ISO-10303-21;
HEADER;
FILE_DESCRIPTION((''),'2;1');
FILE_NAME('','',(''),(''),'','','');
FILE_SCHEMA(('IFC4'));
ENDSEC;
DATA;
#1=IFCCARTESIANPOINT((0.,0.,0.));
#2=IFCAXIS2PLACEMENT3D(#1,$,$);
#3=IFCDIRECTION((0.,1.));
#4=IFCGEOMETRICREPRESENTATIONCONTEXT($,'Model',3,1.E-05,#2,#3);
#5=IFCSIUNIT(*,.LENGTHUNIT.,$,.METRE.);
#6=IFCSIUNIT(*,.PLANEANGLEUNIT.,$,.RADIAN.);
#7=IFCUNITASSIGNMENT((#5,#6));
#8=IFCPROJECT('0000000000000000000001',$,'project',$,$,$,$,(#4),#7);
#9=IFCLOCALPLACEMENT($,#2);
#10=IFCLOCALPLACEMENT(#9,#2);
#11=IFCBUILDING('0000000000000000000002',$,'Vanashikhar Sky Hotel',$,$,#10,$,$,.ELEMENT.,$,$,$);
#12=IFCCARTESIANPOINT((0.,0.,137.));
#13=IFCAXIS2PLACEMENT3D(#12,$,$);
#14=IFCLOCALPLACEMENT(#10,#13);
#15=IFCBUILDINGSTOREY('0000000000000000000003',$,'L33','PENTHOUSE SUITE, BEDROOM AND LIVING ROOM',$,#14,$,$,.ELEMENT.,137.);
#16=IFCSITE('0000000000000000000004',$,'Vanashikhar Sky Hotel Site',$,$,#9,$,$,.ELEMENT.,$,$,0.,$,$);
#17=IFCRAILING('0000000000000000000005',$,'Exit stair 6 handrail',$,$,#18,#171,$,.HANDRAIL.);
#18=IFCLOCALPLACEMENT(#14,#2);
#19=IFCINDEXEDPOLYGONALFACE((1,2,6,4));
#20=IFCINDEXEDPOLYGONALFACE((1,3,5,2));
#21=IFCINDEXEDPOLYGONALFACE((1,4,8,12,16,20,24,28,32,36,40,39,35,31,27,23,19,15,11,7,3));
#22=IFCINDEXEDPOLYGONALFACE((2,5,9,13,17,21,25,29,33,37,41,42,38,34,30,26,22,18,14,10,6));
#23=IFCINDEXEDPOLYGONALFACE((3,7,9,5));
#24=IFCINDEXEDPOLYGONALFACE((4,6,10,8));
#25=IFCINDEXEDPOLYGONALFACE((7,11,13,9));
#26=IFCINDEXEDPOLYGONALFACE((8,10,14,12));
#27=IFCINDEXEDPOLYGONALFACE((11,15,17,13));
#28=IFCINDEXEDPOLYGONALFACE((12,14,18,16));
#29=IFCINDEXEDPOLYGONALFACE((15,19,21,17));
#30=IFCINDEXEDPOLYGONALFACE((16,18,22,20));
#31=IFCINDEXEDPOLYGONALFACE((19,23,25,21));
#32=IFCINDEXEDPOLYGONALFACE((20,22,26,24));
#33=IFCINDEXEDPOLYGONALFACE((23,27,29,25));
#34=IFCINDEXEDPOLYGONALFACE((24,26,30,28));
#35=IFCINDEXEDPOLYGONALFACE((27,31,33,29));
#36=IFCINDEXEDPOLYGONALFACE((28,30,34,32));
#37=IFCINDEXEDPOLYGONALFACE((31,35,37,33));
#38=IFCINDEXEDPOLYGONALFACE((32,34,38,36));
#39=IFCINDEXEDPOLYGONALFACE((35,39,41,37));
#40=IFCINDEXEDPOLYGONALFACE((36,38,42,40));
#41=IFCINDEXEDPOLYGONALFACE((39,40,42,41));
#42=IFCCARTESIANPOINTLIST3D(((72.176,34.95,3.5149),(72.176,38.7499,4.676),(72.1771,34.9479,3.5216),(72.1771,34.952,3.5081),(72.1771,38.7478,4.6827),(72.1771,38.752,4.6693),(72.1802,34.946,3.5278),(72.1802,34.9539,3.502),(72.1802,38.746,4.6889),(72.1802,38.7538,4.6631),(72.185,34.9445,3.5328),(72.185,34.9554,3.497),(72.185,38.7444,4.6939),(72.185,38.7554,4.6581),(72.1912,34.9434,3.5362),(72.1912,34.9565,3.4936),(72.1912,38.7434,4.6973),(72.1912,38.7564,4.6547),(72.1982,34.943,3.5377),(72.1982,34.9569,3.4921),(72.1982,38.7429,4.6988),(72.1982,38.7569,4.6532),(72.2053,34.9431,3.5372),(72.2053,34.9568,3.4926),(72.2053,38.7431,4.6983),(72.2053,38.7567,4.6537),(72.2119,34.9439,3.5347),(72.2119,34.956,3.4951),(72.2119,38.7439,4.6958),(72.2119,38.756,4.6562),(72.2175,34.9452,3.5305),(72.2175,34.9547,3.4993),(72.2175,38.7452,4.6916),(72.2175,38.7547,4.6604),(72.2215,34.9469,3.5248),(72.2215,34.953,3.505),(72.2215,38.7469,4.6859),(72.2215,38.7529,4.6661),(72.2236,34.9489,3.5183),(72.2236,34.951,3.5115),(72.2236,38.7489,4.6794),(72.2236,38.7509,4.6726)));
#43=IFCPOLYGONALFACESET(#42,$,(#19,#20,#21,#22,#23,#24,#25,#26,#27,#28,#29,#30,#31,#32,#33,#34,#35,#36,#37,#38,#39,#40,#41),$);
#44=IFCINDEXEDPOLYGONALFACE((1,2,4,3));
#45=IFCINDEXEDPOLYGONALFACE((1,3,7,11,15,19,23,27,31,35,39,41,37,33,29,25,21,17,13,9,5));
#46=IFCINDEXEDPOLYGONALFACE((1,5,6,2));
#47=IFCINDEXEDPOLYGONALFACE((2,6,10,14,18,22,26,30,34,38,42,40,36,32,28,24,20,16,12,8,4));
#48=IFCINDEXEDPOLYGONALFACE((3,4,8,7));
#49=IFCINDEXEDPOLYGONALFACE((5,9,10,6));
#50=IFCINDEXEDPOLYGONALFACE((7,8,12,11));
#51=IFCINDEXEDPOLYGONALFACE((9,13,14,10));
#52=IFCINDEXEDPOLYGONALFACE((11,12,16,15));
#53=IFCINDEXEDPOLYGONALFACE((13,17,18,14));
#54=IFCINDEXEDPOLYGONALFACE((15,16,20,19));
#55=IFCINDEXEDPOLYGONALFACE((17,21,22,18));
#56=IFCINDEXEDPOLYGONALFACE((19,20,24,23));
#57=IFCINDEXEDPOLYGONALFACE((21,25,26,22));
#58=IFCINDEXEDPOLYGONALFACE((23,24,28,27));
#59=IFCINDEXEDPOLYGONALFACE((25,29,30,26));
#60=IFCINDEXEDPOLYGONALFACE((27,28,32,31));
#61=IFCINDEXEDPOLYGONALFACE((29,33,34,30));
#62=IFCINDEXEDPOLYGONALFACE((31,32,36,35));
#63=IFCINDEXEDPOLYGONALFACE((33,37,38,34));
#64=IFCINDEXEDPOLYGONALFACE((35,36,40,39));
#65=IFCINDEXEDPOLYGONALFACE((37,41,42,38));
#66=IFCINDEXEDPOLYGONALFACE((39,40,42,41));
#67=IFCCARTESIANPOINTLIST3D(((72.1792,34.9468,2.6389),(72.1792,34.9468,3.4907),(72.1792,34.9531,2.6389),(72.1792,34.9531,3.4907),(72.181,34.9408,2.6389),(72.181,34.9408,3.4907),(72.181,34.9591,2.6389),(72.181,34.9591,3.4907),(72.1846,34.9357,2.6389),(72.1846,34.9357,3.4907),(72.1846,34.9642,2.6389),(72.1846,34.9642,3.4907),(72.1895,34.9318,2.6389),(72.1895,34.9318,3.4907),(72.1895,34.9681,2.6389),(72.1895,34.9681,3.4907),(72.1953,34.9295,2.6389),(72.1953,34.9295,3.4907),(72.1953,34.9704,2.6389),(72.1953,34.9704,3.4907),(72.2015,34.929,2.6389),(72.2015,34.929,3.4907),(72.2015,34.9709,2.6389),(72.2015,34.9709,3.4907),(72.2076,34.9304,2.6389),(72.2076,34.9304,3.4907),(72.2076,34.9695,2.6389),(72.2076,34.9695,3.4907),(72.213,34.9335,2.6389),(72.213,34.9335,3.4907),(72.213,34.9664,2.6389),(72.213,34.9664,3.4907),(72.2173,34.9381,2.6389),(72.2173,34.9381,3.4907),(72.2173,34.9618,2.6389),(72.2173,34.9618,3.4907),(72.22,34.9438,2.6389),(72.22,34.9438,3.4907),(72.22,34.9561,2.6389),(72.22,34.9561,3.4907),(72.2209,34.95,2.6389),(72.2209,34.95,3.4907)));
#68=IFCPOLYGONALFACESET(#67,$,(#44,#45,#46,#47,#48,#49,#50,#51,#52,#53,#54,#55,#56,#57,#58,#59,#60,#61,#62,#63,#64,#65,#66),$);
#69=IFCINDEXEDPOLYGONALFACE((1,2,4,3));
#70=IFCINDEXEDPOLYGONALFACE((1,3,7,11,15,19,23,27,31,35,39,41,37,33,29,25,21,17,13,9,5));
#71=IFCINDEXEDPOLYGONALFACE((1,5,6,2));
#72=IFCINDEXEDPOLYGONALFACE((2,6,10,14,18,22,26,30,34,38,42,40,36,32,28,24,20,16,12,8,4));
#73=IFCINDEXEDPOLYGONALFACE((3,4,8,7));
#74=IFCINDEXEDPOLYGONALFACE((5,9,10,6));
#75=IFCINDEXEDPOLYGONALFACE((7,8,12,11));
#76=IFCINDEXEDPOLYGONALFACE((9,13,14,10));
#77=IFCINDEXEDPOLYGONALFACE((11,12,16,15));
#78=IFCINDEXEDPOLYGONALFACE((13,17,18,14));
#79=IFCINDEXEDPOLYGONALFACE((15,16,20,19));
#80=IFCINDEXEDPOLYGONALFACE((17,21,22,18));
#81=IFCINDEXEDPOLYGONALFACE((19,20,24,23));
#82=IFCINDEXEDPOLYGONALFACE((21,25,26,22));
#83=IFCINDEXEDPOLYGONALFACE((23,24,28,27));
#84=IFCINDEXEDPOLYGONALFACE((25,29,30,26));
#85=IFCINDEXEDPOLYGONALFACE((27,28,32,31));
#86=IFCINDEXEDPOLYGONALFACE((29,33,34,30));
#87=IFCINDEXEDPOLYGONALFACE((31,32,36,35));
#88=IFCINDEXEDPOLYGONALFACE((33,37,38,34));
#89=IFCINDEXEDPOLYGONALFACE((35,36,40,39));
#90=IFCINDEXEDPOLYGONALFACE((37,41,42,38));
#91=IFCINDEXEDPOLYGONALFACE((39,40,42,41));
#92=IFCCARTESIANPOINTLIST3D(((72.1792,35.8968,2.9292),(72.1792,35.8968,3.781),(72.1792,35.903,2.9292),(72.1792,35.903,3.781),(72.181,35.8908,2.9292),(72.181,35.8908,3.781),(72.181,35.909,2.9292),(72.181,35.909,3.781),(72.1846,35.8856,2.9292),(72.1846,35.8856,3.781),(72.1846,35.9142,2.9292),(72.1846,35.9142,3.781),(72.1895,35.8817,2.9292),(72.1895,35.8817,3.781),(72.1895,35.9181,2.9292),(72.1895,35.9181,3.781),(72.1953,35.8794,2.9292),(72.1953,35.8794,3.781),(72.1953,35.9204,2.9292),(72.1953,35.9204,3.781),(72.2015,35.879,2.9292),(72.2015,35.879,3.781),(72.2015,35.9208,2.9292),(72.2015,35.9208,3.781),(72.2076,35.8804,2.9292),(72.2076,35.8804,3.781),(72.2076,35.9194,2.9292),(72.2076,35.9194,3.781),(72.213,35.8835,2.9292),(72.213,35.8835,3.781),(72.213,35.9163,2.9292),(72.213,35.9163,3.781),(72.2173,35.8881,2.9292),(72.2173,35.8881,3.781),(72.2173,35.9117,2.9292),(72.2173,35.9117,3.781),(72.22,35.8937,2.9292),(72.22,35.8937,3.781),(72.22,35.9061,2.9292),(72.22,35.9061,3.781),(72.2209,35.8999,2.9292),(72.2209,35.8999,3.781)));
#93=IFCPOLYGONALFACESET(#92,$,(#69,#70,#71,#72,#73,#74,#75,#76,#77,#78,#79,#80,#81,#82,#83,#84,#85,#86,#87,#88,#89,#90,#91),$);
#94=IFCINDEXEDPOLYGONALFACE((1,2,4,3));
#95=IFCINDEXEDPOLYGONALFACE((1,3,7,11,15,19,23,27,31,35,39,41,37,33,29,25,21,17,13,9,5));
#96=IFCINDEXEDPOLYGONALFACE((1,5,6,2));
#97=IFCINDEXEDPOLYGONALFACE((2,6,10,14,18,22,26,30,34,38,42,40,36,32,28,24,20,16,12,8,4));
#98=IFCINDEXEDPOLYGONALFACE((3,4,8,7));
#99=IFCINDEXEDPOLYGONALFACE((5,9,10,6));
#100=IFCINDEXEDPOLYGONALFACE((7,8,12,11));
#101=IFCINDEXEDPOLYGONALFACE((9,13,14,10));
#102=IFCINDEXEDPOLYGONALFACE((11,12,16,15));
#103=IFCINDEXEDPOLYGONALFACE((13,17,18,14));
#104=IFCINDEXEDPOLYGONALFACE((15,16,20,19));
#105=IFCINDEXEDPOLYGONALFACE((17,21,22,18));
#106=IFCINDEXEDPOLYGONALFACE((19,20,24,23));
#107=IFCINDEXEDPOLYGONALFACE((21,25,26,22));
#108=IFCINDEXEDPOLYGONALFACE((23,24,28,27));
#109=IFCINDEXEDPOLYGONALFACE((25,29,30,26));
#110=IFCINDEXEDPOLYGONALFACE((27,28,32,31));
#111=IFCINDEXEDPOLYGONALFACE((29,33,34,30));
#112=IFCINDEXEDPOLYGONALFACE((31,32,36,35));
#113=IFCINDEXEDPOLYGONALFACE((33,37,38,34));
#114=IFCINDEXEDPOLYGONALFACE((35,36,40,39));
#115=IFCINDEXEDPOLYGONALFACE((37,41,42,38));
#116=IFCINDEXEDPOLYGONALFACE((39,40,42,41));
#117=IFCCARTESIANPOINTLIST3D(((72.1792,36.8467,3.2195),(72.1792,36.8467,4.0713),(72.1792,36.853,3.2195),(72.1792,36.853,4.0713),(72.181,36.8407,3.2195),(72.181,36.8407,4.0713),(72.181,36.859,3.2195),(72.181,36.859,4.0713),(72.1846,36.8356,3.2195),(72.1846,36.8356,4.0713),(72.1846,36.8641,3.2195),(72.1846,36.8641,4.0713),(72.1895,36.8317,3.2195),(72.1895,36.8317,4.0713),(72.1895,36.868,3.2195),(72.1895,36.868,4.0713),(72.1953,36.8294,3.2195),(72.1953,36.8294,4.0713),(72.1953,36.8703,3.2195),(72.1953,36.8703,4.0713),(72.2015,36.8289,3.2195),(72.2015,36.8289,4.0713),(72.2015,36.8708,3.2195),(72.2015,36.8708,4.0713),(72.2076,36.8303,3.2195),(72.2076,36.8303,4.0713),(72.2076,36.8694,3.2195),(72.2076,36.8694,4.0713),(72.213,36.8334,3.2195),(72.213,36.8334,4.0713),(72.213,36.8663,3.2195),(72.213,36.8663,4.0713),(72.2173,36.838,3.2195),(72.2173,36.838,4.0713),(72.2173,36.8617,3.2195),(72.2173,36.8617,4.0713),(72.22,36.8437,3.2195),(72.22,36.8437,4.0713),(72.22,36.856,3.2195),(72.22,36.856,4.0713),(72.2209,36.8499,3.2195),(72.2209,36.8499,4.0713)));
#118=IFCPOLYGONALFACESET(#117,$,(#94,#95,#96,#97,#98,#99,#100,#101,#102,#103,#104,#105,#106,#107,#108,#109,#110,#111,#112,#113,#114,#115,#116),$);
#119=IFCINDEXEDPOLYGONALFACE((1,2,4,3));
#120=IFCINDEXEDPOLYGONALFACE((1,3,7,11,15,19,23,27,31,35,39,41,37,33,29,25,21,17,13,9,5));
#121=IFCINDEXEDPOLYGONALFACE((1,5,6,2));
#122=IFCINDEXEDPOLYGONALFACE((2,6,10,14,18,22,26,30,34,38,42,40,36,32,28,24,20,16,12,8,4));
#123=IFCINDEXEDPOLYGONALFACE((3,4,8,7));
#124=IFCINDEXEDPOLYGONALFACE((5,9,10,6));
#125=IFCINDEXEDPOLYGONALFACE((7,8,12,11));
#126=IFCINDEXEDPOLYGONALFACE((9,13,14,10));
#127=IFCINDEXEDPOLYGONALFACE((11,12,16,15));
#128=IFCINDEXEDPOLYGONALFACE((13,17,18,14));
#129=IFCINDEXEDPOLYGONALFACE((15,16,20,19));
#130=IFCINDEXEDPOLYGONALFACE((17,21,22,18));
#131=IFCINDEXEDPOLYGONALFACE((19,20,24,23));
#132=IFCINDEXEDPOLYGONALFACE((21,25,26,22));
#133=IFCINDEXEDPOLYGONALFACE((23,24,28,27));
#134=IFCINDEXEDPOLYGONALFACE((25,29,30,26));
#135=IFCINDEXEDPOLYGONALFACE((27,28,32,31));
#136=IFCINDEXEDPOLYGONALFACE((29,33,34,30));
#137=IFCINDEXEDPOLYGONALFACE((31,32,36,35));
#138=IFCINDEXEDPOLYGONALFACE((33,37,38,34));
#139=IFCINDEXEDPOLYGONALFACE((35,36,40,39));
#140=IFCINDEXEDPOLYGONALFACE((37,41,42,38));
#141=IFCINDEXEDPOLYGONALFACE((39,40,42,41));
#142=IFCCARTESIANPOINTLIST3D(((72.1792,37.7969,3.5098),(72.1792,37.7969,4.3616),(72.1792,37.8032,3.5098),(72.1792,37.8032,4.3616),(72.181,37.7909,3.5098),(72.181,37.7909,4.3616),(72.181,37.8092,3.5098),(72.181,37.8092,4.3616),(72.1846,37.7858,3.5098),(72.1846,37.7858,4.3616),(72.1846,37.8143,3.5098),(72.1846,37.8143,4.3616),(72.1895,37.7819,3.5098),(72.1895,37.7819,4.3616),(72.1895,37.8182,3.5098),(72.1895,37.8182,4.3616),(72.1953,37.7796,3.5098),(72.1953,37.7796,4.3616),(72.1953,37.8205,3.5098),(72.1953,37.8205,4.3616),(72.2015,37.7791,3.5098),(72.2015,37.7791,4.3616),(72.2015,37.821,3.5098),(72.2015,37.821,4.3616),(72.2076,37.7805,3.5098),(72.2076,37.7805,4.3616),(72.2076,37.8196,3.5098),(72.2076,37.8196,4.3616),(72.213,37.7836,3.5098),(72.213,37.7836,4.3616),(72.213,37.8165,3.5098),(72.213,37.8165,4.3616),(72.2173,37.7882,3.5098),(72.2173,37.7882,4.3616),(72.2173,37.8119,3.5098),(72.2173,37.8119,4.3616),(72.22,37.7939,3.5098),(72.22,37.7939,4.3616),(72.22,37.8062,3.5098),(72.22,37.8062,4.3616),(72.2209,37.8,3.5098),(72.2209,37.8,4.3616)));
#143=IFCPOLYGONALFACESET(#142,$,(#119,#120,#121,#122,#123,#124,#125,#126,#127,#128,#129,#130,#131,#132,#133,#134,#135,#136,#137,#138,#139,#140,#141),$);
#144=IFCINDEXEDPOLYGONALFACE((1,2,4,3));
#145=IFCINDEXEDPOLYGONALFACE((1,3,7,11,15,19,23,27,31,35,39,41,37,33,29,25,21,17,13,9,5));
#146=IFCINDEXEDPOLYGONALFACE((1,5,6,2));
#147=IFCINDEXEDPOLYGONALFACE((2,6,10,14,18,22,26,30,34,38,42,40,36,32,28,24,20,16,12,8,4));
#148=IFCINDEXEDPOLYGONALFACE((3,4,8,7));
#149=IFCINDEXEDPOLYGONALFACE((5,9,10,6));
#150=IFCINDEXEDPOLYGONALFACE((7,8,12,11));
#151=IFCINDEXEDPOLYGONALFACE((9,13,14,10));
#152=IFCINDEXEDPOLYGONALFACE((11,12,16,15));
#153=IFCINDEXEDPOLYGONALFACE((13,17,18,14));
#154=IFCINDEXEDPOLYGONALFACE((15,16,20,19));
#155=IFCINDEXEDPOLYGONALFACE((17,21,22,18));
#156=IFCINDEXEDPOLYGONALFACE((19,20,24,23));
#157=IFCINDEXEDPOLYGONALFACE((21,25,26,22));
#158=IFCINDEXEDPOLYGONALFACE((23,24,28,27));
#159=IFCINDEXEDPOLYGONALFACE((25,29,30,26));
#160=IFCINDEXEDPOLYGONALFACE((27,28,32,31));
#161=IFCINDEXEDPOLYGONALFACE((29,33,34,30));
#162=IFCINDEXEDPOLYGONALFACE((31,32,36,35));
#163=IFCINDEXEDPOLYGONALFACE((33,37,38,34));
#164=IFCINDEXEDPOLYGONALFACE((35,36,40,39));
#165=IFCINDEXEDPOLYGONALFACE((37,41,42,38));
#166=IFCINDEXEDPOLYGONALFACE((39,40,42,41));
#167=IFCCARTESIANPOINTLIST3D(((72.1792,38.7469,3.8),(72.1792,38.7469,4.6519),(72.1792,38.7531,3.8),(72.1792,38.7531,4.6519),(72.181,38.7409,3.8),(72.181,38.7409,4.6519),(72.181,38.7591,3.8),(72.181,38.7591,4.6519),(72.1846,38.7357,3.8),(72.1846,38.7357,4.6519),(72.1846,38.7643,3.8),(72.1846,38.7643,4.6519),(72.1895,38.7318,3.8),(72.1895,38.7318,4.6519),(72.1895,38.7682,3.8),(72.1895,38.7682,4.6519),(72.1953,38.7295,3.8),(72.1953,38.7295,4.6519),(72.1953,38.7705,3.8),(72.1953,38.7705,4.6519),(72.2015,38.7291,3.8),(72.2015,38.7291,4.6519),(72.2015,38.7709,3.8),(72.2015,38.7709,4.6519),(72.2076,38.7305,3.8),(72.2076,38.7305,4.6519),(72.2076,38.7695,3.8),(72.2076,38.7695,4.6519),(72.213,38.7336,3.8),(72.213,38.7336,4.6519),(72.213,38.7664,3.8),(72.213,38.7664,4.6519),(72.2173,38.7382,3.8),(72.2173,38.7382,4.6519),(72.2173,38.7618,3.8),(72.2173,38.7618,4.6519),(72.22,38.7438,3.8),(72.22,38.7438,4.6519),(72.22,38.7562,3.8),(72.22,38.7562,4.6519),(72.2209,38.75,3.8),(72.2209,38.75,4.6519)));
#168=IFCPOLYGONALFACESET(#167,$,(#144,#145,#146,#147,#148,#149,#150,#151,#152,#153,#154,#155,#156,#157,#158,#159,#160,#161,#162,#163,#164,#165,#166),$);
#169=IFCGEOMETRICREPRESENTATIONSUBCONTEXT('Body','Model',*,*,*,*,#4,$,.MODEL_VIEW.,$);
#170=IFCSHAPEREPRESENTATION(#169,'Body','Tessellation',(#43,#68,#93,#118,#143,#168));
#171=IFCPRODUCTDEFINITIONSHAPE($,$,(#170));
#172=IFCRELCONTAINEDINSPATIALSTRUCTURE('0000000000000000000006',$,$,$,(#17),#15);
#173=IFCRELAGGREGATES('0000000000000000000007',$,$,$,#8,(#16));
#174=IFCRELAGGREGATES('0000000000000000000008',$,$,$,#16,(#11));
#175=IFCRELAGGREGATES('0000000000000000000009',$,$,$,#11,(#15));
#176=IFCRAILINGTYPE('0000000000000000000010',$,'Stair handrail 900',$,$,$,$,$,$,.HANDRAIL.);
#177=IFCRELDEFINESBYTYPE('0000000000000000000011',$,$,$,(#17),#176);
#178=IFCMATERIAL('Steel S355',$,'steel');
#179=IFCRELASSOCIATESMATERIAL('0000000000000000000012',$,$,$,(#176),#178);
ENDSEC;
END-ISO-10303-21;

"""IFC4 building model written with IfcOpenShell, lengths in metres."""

from ifc_helpers import new_model, si_unit, direction, frame, origin, origin_2d, place, context, subcontext, project, spatial, circle, extrude, source, transform, mapped, material, type_object, element, save


model = new_model("IFC4")

# Units and contexts
model_context = context("Model", 3, precision=1e-05, world=origin(), true_north=direction((0.0, 1.0)))
body_context = subcontext(model_context, "Body", "Model", "MODEL_VIEW")
ifc_project = project(units=[si_unit("LENGTHUNIT", "METRE"), si_unit("PLANEANGLEUNIT", "RADIAN")], contexts=[model_context])

# Site, building, storey
site_placement = place(None, origin())
site = spatial("IfcSite", under=ifc_project, at=site_placement, Name="Vanashikhar Sky Hotel Site", CompositionType="ELEMENT", RefElevation=0.0)
building_placement = place(site_placement, origin())
building = spatial("IfcBuilding", under=site, at=building_placement, Name="Vanashikhar Sky Hotel", CompositionType="ELEMENT")
storey_placement = place(building_placement, frame((0.0, 0.0, 137.0)))
storey = spatial("IfcBuildingStorey", under=building, at=storey_placement, Name="L33", Description="PENTHOUSE SUITE, BEDROOM AND LIVING ROOM", CompositionType="ELEMENT", Elevation=137.0)

# Railing
ifc_material_1 = material(Name="Steel S355", Category="steel")
railing_type_1 = type_object("IfcRailingType", Name="Stair handrail 900", PredefinedType="HANDRAIL", material=ifc_material_1)
shared_shape_1 = source(origin(), body_context, "Body", "SweptSolid", [
    extrude(circle(Radius=0.0239, at=origin_2d()), frame((0.0, 0.0, 0.876), z_axis=(0.0, 0.956351, 0.29222), x_axis=(-1.0, 0.0, 0.0)), (0.0, 0.0, 1.0), 3.9734),
    extrude(circle(Radius=0.021, at=origin_2d()), origin(), (0.0, 0.0, 1.0), 0.8518),
    extrude(circle(Radius=0.021, at=origin_2d()), frame((0.0, 0.95, 0.2903)), (0.0, 0.0, 1.0), 0.8518),
    extrude(circle(Radius=0.021, at=origin_2d()), frame((0.0, 1.8999, 0.5806)), (0.0, 0.0, 1.0), 0.8518),
    extrude(circle(Radius=0.021, at=origin_2d()), frame((0.0, 2.8501, 0.8708)), (0.0, 0.0, 1.0), 0.8518),
    extrude(circle(Radius=0.021, at=origin_2d()), frame((0.0, 3.8, 1.1611)), (0.0, 0.0, 1.0), 0.8518),
])
for number, where, name in (
    (1, (72.2, 34.95, 2.6389), "Exit stair 6 handrail"),
):
    element("IfcRailing", number, at=place(storey_placement, frame(where)), inside=storey, type_object=railing_type_1, Name=name, PredefinedType="HANDRAIL", context=body_context, shape_type="MappedRepresentation", body=[
        mapped(shared_shape_1, transform((0.0, 0.0, 0.0), scale=1.0)),
    ])

save(model, "model.ifc")
